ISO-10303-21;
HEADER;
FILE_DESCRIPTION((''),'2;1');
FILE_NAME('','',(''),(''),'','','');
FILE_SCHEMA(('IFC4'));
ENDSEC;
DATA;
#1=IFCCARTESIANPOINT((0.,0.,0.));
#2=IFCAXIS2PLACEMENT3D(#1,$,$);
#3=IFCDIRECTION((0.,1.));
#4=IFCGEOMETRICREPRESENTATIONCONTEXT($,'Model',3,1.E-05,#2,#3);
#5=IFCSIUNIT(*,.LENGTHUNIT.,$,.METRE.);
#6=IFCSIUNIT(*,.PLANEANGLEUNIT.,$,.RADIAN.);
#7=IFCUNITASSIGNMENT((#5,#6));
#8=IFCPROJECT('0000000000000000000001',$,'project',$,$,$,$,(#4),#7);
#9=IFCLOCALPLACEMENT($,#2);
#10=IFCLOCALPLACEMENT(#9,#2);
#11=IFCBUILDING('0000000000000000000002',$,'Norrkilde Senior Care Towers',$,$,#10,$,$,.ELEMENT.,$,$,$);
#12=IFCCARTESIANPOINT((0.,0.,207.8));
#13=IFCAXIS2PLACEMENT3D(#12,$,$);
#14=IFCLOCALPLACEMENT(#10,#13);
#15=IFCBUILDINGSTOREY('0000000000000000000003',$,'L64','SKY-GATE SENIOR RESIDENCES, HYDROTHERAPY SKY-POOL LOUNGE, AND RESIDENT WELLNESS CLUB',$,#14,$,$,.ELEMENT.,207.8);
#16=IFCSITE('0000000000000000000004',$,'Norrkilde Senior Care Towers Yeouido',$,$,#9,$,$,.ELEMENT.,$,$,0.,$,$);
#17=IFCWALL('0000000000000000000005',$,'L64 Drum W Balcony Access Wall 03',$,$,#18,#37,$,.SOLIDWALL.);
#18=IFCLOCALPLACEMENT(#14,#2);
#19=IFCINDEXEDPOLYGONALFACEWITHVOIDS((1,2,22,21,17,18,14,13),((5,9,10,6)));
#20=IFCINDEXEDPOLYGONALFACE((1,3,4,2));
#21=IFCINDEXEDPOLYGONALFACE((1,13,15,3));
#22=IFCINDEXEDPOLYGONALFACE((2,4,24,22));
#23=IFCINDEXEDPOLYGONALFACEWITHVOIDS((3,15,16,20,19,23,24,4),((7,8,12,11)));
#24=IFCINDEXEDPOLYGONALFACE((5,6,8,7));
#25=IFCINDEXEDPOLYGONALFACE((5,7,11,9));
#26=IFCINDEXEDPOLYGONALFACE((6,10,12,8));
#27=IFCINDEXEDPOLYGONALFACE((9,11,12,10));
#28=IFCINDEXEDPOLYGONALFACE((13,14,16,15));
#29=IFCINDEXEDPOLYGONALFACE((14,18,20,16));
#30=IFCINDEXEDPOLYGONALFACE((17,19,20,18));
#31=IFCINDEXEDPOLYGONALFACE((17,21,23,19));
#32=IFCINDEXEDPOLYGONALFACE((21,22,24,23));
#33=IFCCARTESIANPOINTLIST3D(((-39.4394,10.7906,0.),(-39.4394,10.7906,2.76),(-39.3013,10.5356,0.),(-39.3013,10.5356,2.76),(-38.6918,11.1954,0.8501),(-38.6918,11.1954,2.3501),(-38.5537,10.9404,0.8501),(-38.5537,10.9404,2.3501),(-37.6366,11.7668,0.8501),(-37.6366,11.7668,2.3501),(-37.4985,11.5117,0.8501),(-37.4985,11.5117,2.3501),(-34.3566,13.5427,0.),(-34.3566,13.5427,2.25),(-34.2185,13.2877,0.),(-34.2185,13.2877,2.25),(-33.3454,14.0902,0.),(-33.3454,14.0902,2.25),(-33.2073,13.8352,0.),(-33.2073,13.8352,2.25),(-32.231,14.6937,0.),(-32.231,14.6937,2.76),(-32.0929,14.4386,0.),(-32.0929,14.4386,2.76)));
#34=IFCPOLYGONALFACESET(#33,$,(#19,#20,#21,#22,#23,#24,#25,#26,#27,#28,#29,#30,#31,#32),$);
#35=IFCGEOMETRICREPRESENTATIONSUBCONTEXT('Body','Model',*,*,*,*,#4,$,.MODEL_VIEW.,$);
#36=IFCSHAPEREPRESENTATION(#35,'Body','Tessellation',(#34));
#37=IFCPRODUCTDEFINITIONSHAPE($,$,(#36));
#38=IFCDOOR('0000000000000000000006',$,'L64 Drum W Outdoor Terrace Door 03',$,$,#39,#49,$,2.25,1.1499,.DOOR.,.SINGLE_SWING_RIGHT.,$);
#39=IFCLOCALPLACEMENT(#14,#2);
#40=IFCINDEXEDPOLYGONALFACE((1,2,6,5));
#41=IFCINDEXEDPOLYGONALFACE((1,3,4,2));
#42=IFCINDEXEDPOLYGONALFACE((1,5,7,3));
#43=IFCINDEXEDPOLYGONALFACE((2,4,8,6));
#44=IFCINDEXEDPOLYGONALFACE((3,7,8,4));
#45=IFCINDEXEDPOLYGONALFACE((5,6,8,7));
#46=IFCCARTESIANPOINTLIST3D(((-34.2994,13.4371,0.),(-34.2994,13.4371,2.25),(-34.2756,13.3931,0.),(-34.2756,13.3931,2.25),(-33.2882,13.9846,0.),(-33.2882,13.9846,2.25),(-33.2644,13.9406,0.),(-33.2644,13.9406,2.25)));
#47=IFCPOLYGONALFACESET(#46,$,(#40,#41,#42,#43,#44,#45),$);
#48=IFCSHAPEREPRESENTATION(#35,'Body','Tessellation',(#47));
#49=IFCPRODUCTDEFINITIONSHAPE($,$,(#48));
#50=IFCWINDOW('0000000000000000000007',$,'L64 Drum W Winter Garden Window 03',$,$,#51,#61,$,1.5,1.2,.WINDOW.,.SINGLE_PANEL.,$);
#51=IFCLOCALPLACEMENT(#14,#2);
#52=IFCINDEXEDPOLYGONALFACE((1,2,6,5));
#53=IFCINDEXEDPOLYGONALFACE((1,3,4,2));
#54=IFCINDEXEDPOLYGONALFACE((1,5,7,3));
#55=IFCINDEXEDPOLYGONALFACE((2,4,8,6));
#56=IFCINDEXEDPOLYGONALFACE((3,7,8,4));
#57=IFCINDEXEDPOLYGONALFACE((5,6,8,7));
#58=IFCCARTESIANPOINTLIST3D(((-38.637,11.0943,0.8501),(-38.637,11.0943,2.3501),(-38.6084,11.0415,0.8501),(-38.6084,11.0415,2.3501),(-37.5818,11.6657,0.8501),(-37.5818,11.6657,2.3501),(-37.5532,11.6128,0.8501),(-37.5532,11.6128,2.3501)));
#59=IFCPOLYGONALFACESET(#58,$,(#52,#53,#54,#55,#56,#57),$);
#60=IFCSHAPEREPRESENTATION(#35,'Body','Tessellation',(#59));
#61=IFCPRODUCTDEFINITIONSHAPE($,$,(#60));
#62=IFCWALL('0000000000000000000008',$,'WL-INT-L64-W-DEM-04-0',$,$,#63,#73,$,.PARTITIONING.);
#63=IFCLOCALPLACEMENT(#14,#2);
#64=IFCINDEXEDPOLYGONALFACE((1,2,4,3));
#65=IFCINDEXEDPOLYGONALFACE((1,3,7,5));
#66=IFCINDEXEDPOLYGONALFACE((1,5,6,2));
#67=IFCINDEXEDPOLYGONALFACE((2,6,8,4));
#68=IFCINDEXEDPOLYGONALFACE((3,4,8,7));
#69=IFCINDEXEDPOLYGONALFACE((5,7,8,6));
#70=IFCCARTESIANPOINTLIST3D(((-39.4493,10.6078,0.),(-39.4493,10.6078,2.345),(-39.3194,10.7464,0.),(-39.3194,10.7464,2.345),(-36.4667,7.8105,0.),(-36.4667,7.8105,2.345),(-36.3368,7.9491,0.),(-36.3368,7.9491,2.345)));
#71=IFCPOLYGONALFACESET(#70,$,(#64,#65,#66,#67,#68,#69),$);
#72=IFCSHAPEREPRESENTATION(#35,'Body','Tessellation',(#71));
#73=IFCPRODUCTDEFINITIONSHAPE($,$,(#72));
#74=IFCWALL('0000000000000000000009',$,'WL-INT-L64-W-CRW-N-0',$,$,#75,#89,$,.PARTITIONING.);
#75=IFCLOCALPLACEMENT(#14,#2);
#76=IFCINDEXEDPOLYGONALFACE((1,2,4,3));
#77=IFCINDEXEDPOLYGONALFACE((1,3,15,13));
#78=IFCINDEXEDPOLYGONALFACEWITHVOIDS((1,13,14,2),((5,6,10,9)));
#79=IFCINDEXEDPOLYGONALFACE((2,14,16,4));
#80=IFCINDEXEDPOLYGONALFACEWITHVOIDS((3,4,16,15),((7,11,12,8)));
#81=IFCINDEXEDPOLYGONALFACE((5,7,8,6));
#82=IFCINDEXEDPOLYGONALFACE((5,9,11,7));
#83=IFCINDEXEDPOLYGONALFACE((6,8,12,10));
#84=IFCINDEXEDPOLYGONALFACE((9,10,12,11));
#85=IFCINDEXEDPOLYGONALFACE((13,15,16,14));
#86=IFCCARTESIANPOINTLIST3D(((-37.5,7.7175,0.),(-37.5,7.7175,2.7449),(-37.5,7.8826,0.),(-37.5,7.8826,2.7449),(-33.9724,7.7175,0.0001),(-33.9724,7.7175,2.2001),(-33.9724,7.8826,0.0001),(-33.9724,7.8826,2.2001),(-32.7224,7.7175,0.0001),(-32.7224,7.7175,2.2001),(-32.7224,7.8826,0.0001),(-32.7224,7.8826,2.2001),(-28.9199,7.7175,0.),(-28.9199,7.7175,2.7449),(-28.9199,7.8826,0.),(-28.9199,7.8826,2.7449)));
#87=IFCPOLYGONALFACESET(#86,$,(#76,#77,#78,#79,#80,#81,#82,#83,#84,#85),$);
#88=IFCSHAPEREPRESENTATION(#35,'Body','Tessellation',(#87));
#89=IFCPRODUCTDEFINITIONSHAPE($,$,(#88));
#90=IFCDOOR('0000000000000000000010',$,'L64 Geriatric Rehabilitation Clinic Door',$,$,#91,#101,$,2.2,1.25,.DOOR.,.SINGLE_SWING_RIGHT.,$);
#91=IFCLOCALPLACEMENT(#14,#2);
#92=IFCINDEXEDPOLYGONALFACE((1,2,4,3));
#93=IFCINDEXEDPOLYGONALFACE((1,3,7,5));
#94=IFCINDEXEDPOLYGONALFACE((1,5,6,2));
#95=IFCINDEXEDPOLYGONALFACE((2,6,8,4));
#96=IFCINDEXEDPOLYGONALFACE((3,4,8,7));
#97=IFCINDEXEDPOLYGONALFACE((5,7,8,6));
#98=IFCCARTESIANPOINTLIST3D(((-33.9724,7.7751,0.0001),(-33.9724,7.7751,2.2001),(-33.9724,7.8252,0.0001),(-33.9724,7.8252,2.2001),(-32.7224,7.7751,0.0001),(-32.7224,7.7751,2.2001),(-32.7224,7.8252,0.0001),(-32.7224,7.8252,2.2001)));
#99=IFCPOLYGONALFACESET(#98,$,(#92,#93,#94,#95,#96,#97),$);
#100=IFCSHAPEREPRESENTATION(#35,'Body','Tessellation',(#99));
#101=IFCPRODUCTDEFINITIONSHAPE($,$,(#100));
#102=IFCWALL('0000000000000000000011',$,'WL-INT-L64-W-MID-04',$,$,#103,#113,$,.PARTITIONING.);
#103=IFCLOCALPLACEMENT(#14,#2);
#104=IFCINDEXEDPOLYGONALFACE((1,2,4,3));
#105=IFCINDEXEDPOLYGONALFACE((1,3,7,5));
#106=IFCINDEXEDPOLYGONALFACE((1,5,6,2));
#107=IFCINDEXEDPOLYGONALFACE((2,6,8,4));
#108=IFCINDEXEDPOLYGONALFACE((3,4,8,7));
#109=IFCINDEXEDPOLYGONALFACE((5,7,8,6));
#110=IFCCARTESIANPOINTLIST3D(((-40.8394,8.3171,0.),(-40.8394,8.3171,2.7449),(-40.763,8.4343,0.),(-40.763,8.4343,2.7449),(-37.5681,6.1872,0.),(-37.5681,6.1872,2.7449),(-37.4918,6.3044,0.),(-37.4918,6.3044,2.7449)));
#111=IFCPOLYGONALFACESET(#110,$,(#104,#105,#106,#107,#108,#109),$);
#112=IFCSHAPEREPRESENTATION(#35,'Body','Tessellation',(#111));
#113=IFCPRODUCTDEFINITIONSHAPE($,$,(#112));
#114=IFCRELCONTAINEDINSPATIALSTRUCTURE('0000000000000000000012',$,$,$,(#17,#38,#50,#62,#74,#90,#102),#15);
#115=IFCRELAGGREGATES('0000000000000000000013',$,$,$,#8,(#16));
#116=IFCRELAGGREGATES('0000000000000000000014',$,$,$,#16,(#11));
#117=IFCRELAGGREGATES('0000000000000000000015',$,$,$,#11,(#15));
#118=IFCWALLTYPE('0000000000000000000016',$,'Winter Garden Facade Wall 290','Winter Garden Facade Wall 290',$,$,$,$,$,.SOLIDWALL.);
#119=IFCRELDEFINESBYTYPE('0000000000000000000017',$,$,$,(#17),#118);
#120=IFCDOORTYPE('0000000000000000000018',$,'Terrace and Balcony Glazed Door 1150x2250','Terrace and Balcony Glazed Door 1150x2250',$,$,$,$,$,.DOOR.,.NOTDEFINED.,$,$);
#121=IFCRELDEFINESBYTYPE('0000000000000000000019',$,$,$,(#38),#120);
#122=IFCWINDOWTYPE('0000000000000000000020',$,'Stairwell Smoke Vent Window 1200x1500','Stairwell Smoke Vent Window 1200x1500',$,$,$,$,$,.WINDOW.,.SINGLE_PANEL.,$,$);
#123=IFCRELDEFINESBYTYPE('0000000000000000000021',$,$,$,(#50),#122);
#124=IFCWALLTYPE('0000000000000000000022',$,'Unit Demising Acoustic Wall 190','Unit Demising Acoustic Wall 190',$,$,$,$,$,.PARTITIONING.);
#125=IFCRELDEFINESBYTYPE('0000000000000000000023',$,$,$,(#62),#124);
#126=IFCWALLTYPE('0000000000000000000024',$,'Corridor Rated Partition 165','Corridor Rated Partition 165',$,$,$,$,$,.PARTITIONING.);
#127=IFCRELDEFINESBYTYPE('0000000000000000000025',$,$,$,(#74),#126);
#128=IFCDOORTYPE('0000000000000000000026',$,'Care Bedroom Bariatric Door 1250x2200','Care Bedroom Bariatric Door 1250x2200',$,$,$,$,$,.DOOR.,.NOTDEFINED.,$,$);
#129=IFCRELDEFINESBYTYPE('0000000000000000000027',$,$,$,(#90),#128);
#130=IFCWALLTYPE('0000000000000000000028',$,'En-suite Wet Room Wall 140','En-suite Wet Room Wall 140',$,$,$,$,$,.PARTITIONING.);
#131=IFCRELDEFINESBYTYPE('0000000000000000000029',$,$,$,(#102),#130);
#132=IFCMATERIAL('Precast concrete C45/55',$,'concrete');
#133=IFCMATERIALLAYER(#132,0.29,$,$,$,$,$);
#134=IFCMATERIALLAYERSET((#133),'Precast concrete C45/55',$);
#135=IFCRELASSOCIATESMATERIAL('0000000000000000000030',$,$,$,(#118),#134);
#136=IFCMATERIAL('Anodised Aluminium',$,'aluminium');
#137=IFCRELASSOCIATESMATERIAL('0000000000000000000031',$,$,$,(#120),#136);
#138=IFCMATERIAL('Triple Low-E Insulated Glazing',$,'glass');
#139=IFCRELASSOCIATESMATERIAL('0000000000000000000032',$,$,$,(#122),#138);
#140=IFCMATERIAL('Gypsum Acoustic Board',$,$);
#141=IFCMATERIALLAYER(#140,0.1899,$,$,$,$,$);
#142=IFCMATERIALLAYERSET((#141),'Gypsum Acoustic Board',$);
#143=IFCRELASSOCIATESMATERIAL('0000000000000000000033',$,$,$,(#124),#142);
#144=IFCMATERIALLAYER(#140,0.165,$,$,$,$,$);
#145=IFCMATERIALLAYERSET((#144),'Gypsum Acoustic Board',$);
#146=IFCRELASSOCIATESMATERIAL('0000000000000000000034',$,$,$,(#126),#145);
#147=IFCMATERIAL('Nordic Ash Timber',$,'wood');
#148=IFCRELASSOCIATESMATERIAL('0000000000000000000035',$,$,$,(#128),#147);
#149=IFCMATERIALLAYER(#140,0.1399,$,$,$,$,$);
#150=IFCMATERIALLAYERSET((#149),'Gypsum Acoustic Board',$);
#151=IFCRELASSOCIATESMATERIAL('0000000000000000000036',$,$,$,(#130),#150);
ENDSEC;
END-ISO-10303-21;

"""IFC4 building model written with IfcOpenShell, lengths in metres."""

from ifc_helpers import new_model, si_unit, direction, frame, frame_2d, origin, place, context, subcontext, project, spatial, rectangle, extrude, source, transform, mapped, material, layer, layer_set, type_object, type_shapes, element, fill, save


model = new_model("IFC4")

# Units and contexts
model_context = context("Model", 3, precision=1e-05, world=origin(), true_north=direction((0.0, 1.0)))
body_context = subcontext(model_context, "Body", "Model", "MODEL_VIEW")
ifc_project = project(units=[si_unit("LENGTHUNIT", "METRE"), si_unit("PLANEANGLEUNIT", "RADIAN")], contexts=[model_context])

# Site, building, storey
site_placement = place(None, origin())
site = spatial("IfcSite", under=ifc_project, at=site_placement, Name="Norrkilde Senior Care Towers Yeouido", CompositionType="ELEMENT", RefElevation=0.0)
building_placement = place(site_placement, origin())
building = spatial("IfcBuilding", under=site, at=building_placement, Name="Norrkilde Senior Care Towers", CompositionType="ELEMENT")
storey_placement = place(building_placement, frame((0.0, 0.0, 207.8)))
storey = spatial("IfcBuildingStorey", under=building, at=storey_placement, Name="L64", Description="SKY-GATE SENIOR RESIDENCES, HYDROTHERAPY SKY-POOL LOUNGE, AND RESIDENT WELLNESS CLUB", CompositionType="ELEMENT", Elevation=207.8)

# Shared definitions
ifc_material_1 = material(Name="Triple Low-E Insulated Glazing", Category="glass")
ifc_material_2 = material(Name="Anodised Aluminium", Category="aluminium")

# Wall, openings, door, window
ifc_material_3 = material(Name="Precast concrete C45/55", Category="concrete")
ifc_layer_1 = layer(ifc_material_3, 0.29)
ifc_layer_set_1 = layer_set([ifc_layer_1], Name="Precast concrete C45/55")
wall_type_1 = type_object("IfcWallType", Name="Winter Garden Facade Wall 290", Description="Winter Garden Facade Wall 290", PredefinedType="SOLIDWALL", material=ifc_layer_set_1)
shared_shape_1 = source(origin(), body_context, "Body", "SweptSolid", [
    extrude(rectangle(XDim=8.1973, YDim=0.29, at=frame_2d((4.0986, 0.0))), origin(), (0.0, 0.0, 1.0), 2.76),
])
type_shapes(wall_type_1, [shared_shape_1])
wall_1_placement = place(storey_placement, frame((-39.3704, 10.6631, 0.0), z_axis=(0.0, 0.0, 1.0), x_axis=(0.87937, 0.476139, 0.0)))
wall_1 = element("IfcWall", 1, at=wall_1_placement, inside=storey, type_object=wall_type_1, Name="L64 Drum W Balcony Access Wall 03", PredefinedType="SOLIDWALL", context=body_context, shape_type="MappedRepresentation", body=[
    mapped(shared_shape_1, transform((0.0, 0.0, 0.0), x_axis=(1.0, 0.0, 0.0), y_axis=(0.0, 1.0, 0.0), z_axis=(0.0, 0.0, 1.0), scale=1.0)),
])
opening_1_placement = place(wall_1_placement, frame((5.78, 0.0, 0.0)))
opening_1 = element("IfcOpeningElement", 2, at=opening_1_placement, cuts=wall_1, PredefinedType="OPENING", context=body_context, shape_type="SweptSolid", body=[
    extrude(rectangle(XDim=1.1499, YDim=2.25, at=frame_2d((0.575, 1.125))), frame((0.0, 0.155, 0.0), z_axis=(0.0, -1.0, 0.0), x_axis=(1.0, 0.0, 0.0)), (0.0, 0.0, 1.0), 0.3101),
])
opening_2_placement = place(wall_1_placement, frame((0.8501, 0.0, 0.8501)))
opening_2 = element("IfcOpeningElement", 3, at=opening_2_placement, cuts=wall_1, PredefinedType="OPENING", context=body_context, shape_type="SweptSolid", body=[
    extrude(rectangle(XDim=1.2, YDim=1.5, at=frame_2d((0.6001, 0.75))), frame((0.0, 0.155, 0.0), z_axis=(0.0, -1.0, 0.0), x_axis=(1.0, 0.0, 0.0)), (0.0, 0.0, 1.0), 0.3101),
])
door_type_1 = type_object("IfcDoorType", Name="Terrace and Balcony Glazed Door 1150x2250", Description="Terrace and Balcony Glazed Door 1150x2250", OperationType="NOTDEFINED", PredefinedType="DOOR", material=ifc_material_2)
shared_shape_2 = source(origin(), body_context, "Body", "SweptSolid", [
    extrude(rectangle(XDim=1.1499, YDim=2.25, at=frame_2d((0.575, 1.125))), frame((0.0, 0.0249, 0.0), z_axis=(0.0, -1.0, 0.0), x_axis=(1.0, 0.0, 0.0)), (0.0, 0.0, 1.0), 0.05),
])
type_shapes(door_type_1, [shared_shape_2])
door_1_placement = place(opening_1_placement, origin())
door_1 = element("IfcDoor", 4, at=door_1_placement, inside=storey, type_object=door_type_1, Name="L64 Drum W Outdoor Terrace Door 03", OperationType="SINGLE_SWING_RIGHT", OverallHeight=2.25, OverallWidth=1.1499, PredefinedType="DOOR", context=body_context, shape_type="MappedRepresentation", body=[
    mapped(shared_shape_2, transform((0.0, 0.0, 0.0), x_axis=(1.0, 0.0, 0.0), y_axis=(0.0, 1.0, 0.0), z_axis=(0.0, 0.0, 1.0), scale=1.0)),
])
fill(opening_1, door_1)
window_type = type_object("IfcWindowType", Name="Stairwell Smoke Vent Window 1200x1500", Description="Stairwell Smoke Vent Window 1200x1500", PartitioningType="SINGLE_PANEL", PredefinedType="WINDOW", material=ifc_material_1)
shared_shape_3 = source(origin(), body_context, "Body", "SweptSolid", [
    extrude(rectangle(XDim=1.2, YDim=1.5, at=frame_2d((0.6001, 0.75))), frame((0.0, 0.03, 0.0), z_axis=(0.0, -1.0, 0.0), x_axis=(1.0, 0.0, 0.0)), (0.0, 0.0, 1.0), 0.0601),
])
type_shapes(window_type, [shared_shape_3])
window_placement = place(opening_2_placement, origin())
window = element("IfcWindow", 5, at=window_placement, inside=storey, type_object=window_type, Name="L64 Drum W Winter Garden Window 03", OverallHeight=1.5, OverallWidth=1.2, PartitioningType="SINGLE_PANEL", PredefinedType="WINDOW", context=body_context, shape_type="MappedRepresentation", body=[
    mapped(shared_shape_3, transform((0.0, 0.0, 0.0), x_axis=(1.0, 0.0, 0.0), y_axis=(0.0, 1.0, 0.0), z_axis=(0.0, 0.0, 1.0), scale=1.0)),
])
fill(opening_2, window)

# Wall
ifc_material_4 = material(Name="Gypsum Acoustic Board")
ifc_layer_2 = layer(ifc_material_4, 0.1899)
ifc_layer_set_2 = layer_set([ifc_layer_2], Name="Gypsum Acoustic Board")
wall_type_2 = type_object("IfcWallType", Name="Unit Demising Acoustic Wall 190", Description="Unit Demising Acoustic Wall 190", PredefinedType="PARTITIONING", material=ifc_layer_set_2)
shared_shape_4 = source(origin(), body_context, "Body", "SweptSolid", [
    extrude(rectangle(XDim=4.0891, YDim=0.1899, at=frame_2d((2.0444, 0.0))), origin(), (0.0, 0.0, 1.0), 2.345),
])
type_shapes(wall_type_2, [shared_shape_4])
wall_2_placement = place(storey_placement, frame((-36.4019, 7.8799, 0.0), z_axis=(0.0, 0.0, 1.0), x_axis=(-0.729401, 0.684086, 0.0)))
element("IfcWall", 6, at=wall_2_placement, inside=storey, type_object=wall_type_2, Name="WL-INT-L64-W-DEM-04-0", PredefinedType="PARTITIONING", context=body_context, shape_type="MappedRepresentation", body=[
    mapped(shared_shape_4, transform((0.0, 0.0, 0.0), x_axis=(1.0, 0.0, 0.0), y_axis=(0.0, 1.0, 0.0), z_axis=(0.0, 0.0, 1.0), scale=1.0)),
])

# Wall, opening, door
ifc_layer_3 = layer(ifc_material_4, 0.165)
ifc_layer_set_3 = layer_set([ifc_layer_3], Name="Gypsum Acoustic Board")
wall_type_3 = type_object("IfcWallType", Name="Corridor Rated Partition 165", Description="Corridor Rated Partition 165", PredefinedType="PARTITIONING", material=ifc_layer_set_3)
shared_shape_5 = source(origin(), body_context, "Body", "SweptSolid", [
    extrude(rectangle(XDim=8.5801, YDim=0.165, at=frame_2d((4.29, 0.0))), origin(), (0.0, 0.0, 1.0), 2.7449),
])
type_shapes(wall_type_3, [shared_shape_5])
wall_3_placement = place(storey_placement, frame((-37.5, 7.8, 0.0), z_axis=(0.0, 0.0, 1.0), x_axis=(1.0, 0.0, 0.0)))
wall_3 = element("IfcWall", 7, at=wall_3_placement, inside=storey, type_object=wall_type_3, Name="WL-INT-L64-W-CRW-N-0", PredefinedType="PARTITIONING", context=body_context, shape_type="MappedRepresentation", body=[
    mapped(shared_shape_5, transform((0.0, 0.0, 0.0), x_axis=(1.0, 0.0, 0.0), y_axis=(0.0, 1.0, 0.0), z_axis=(0.0, 0.0, 1.0), scale=1.0)),
])
opening_3_placement = place(wall_3_placement, frame((3.5276, 0.0, 0.0)))
opening_3 = element("IfcOpeningElement", 8, at=opening_3_placement, cuts=wall_3, PredefinedType="OPENING", context=body_context, shape_type="SweptSolid", body=[
    extrude(rectangle(XDim=1.25, YDim=2.2, at=frame_2d((0.625, 1.1001))), frame((0.0, 0.0925, 0.0), z_axis=(0.0, -1.0, 0.0), x_axis=(1.0, 0.0, 0.0)), (0.0, 0.0, 1.0), 0.1851),
])
ifc_material_5 = material(Name="Nordic Ash Timber", Category="wood")
door_type_2 = type_object("IfcDoorType", Name="Care Bedroom Bariatric Door 1250x2200", Description="Care Bedroom Bariatric Door 1250x2200", OperationType="NOTDEFINED", PredefinedType="DOOR", material=ifc_material_5)
shared_shape_6 = source(origin(), body_context, "Body", "SweptSolid", [
    extrude(rectangle(XDim=1.25, YDim=2.2, at=frame_2d((0.625, 1.1001))), frame((0.0, 0.0249, 0.0), z_axis=(0.0, -1.0, 0.0), x_axis=(1.0, 0.0, 0.0)), (0.0, 0.0, 1.0), 0.05),
])
type_shapes(door_type_2, [shared_shape_6])
door_2_placement = place(opening_3_placement, frame((1.25, 0.0, 0.0), z_axis=(0.0, 0.0, 1.0), x_axis=(-1.0, 0.0, 0.0)))
door_2 = element("IfcDoor", 9, at=door_2_placement, inside=storey, type_object=door_type_2, Name="L64 Geriatric Rehabilitation Clinic Door", OperationType="SINGLE_SWING_RIGHT", OverallHeight=2.2, OverallWidth=1.25, PredefinedType="DOOR", context=body_context, shape_type="MappedRepresentation", body=[
    mapped(shared_shape_6, transform((0.0, 0.0, 0.0), x_axis=(1.0, 0.0, 0.0), y_axis=(0.0, 1.0, 0.0), z_axis=(0.0, 0.0, 1.0), scale=1.0)),
])
fill(opening_3, door_2)

# Wall
ifc_layer_4 = layer(ifc_material_4, 0.1399)
ifc_layer_set_4 = layer_set([ifc_layer_4], Name="Gypsum Acoustic Board")
wall_type_4 = type_object("IfcWallType", Name="En-suite Wet Room Wall 140", Description="En-suite Wet Room Wall 140", PredefinedType="PARTITIONING", material=ifc_layer_set_4)
shared_shape_7 = source(origin(), body_context, "Body", "SweptSolid", [
    extrude(rectangle(XDim=3.9036, YDim=0.1399, at=frame_2d((1.9517, 0.0))), origin(), (0.0, 0.0, 1.0), 2.7449),
])
type_shapes(wall_type_4, [shared_shape_7])
wall_4_placement = place(storey_placement, frame((-37.53, 6.2458, 0.0), z_axis=(0.0, 0.0, 1.0), x_axis=(-0.838025, 0.545632, 0.0)))
element("IfcWall", 10, at=wall_4_placement, inside=storey, type_object=wall_type_4, Name="WL-INT-L64-W-MID-04", PredefinedType="PARTITIONING", context=body_context, shape_type="MappedRepresentation", body=[
    mapped(shared_shape_7, transform((0.0, 0.0, 0.0), x_axis=(1.0, 0.0, 0.0), y_axis=(0.0, 1.0, 0.0), z_axis=(0.0, 0.0, 1.0), scale=1.0)),
])

save(model, "model.ifc")
